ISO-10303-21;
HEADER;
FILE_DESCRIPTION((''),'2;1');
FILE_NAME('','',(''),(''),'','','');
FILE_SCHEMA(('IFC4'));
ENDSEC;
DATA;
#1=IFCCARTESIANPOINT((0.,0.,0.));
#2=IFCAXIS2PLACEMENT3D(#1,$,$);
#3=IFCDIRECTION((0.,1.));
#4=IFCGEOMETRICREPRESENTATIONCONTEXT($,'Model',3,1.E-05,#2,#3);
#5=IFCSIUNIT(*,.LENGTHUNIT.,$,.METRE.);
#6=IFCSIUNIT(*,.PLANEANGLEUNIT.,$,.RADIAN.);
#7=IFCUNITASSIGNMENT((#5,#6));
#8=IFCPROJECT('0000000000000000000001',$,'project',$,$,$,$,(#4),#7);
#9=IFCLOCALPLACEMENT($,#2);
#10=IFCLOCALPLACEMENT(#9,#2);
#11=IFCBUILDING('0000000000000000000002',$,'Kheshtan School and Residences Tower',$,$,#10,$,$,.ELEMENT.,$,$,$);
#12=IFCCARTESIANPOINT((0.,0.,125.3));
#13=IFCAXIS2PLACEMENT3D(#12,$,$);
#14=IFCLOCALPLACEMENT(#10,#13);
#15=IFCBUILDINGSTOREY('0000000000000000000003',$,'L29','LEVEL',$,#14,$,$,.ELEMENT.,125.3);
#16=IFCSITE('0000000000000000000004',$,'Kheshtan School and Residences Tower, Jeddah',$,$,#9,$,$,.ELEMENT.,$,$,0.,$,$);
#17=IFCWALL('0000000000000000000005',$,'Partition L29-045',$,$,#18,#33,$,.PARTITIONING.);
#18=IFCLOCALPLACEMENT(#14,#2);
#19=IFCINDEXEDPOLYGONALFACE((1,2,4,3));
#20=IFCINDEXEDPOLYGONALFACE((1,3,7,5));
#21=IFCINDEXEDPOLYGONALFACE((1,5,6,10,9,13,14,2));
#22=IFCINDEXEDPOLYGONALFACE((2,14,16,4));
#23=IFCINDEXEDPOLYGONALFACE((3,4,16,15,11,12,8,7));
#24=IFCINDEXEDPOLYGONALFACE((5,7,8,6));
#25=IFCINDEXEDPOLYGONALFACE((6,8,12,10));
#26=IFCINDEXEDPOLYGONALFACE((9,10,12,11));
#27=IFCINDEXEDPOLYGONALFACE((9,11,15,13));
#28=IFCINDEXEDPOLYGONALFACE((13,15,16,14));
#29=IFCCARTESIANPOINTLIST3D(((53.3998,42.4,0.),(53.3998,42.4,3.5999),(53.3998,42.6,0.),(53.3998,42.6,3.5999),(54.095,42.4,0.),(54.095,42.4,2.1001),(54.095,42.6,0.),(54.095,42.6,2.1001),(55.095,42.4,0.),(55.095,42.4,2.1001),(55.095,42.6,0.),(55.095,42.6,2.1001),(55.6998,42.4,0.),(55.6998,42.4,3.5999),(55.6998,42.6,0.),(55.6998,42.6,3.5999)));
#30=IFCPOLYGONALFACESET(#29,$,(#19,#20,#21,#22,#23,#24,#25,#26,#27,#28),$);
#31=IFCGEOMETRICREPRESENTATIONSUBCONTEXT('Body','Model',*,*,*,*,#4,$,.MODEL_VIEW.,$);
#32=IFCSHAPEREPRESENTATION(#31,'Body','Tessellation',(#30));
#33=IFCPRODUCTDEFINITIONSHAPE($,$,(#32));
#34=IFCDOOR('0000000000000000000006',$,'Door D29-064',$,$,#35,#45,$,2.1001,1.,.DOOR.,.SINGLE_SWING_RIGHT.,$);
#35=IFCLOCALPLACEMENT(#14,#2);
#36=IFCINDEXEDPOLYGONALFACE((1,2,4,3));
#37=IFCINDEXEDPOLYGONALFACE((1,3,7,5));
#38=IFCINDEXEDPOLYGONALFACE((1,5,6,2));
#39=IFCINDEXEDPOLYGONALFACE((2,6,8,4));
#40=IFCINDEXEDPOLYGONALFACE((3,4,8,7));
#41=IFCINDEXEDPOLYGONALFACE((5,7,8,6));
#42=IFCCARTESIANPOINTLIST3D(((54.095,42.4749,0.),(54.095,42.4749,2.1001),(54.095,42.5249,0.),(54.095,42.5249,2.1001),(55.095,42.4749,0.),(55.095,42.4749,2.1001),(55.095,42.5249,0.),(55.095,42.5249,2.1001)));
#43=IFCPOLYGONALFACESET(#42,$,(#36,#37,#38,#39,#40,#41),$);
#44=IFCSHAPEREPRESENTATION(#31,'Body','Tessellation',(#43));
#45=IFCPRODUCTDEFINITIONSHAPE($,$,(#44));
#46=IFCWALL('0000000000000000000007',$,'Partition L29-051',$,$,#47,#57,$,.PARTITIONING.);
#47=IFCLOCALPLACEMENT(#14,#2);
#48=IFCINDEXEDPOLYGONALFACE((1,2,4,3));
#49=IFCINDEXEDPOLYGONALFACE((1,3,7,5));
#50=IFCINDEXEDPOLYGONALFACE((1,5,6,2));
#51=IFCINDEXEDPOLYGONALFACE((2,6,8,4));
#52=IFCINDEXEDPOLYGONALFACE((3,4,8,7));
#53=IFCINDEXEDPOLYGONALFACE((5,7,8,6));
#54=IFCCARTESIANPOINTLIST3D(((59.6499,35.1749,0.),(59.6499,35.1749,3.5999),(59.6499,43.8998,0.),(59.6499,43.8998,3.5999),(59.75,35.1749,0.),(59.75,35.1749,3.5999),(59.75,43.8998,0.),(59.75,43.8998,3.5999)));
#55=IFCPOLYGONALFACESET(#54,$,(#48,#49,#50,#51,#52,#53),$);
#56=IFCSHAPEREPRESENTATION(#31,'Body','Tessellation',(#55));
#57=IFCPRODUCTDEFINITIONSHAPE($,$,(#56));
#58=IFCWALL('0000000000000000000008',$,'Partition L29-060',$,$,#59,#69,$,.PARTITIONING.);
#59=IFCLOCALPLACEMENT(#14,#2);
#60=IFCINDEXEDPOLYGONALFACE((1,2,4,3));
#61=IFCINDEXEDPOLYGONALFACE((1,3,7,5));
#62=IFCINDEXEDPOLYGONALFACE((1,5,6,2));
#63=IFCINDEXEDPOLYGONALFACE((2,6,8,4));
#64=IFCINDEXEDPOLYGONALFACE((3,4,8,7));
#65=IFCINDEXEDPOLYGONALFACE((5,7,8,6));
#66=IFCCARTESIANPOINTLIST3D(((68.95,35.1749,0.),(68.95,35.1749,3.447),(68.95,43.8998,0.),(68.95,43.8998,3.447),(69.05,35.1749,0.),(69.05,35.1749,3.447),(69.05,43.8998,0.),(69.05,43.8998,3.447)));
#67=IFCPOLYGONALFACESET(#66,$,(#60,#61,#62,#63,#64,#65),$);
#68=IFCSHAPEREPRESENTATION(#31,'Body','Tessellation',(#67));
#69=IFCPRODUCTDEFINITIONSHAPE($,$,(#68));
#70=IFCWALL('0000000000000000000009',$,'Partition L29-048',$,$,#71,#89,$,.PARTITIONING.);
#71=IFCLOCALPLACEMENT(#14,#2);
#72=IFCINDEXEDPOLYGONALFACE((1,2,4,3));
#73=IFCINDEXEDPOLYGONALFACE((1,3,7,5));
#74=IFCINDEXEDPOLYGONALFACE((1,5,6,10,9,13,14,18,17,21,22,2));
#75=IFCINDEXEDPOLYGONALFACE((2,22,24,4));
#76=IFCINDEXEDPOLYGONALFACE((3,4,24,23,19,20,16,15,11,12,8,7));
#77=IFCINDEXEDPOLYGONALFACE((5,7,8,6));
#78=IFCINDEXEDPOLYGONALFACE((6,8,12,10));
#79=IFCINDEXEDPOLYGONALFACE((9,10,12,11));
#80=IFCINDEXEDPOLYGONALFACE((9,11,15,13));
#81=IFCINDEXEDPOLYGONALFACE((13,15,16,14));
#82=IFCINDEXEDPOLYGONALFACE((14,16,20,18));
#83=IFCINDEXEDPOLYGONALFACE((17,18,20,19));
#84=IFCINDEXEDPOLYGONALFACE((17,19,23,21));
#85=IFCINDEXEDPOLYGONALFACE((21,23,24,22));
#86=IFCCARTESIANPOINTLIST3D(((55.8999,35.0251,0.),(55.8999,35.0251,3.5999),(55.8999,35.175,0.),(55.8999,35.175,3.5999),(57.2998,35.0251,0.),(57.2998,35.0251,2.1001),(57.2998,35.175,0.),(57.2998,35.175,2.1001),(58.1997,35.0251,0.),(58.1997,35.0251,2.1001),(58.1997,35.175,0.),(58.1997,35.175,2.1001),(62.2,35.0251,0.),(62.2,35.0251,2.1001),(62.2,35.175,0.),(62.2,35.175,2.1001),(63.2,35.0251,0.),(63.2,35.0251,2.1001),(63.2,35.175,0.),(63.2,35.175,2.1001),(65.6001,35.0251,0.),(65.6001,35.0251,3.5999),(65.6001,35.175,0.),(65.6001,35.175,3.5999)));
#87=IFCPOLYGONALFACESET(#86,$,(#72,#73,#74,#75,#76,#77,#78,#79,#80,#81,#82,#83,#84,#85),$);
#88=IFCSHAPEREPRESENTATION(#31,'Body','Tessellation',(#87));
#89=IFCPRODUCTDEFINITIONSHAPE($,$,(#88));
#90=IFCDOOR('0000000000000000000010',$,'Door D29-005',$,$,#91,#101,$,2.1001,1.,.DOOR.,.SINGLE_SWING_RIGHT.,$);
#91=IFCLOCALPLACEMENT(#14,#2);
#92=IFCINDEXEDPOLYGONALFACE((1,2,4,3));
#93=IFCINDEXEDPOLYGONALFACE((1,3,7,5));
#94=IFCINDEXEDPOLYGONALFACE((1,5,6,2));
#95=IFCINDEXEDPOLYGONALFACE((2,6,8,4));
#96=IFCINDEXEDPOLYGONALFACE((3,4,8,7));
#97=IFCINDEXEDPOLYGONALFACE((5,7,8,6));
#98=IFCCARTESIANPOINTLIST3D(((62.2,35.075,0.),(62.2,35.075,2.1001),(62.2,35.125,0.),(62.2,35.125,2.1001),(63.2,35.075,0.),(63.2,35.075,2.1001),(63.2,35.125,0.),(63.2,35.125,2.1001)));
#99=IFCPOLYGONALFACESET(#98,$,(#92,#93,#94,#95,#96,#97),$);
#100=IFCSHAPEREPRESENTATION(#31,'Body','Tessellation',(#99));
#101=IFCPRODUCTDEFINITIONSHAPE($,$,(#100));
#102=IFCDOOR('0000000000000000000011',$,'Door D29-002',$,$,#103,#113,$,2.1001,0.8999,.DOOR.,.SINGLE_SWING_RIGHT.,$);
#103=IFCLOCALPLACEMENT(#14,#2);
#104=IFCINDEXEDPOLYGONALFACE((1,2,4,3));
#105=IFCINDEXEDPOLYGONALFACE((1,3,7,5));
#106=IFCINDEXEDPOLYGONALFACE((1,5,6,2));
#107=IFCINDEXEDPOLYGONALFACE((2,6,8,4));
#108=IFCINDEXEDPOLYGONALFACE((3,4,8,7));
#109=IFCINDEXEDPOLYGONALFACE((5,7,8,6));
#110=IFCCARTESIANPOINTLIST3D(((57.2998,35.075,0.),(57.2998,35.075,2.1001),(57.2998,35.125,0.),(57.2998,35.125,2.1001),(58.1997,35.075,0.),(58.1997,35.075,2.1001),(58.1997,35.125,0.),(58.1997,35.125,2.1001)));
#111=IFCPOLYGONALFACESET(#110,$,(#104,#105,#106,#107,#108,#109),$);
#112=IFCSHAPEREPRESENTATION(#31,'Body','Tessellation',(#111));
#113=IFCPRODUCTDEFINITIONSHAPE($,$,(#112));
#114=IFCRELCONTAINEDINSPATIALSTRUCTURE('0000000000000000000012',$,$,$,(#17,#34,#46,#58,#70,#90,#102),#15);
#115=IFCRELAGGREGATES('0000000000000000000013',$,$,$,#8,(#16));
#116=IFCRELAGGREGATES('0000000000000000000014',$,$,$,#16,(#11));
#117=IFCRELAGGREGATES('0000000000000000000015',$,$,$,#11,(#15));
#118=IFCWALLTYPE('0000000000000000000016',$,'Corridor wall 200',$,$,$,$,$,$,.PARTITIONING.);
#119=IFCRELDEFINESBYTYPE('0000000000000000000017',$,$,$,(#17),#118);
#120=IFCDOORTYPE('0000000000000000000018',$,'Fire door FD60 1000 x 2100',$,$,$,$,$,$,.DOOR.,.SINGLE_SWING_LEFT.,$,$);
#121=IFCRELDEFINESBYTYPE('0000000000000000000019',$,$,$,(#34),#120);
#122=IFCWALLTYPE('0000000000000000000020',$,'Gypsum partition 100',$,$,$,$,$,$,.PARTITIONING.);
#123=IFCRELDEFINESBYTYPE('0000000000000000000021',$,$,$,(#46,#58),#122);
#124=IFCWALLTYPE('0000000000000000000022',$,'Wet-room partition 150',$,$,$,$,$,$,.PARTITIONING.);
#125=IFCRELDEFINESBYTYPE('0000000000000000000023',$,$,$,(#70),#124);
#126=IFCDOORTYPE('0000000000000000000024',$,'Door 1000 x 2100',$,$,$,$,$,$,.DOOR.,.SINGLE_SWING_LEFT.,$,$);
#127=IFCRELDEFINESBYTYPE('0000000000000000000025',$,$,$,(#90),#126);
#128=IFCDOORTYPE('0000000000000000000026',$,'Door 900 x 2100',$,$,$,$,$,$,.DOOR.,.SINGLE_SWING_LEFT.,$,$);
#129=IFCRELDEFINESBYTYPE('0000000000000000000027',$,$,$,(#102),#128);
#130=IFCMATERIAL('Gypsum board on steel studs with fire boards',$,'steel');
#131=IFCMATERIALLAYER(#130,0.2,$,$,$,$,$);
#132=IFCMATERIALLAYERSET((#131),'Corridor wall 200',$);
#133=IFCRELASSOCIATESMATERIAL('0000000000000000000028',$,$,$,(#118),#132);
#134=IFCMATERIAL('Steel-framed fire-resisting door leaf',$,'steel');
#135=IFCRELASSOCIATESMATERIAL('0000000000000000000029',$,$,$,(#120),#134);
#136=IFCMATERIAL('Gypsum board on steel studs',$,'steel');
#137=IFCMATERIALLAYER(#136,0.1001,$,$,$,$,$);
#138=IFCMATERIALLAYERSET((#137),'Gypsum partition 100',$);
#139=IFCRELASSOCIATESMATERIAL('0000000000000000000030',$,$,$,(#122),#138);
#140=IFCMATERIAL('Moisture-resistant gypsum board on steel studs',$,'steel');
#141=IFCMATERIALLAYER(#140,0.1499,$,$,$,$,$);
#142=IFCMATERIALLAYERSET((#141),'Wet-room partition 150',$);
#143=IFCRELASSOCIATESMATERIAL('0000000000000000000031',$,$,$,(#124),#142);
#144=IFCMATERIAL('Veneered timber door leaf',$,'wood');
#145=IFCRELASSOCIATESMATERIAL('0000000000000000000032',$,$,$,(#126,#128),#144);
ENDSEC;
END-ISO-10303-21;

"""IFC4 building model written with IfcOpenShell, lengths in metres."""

from ifc_helpers import new_model, si_unit, direction, frame, frame_2d, origin, place, context, subcontext, project, spatial, rectangle, extrude, source, transform, mapped, material, layer, layer_set, type_object, element, fill, save


model = new_model("IFC4")

# Units and contexts
model_context = context("Model", 3, precision=1e-05, world=origin(), true_north=direction((0.0, 1.0)))
body_context = subcontext(model_context, "Body", "Model", "MODEL_VIEW")
ifc_project = project(units=[si_unit("LENGTHUNIT", "METRE"), si_unit("PLANEANGLEUNIT", "RADIAN")], contexts=[model_context])

# Site, building, storey
site_placement = place(None, origin())
site = spatial("IfcSite", under=ifc_project, at=site_placement, Name="Kheshtan School and Residences Tower, Jeddah", CompositionType="ELEMENT", RefElevation=0.0)
building_placement = place(site_placement, origin())
building = spatial("IfcBuilding", under=site, at=building_placement, Name="Kheshtan School and Residences Tower", CompositionType="ELEMENT")
storey_placement = place(building_placement, frame((0.0, 0.0, 125.3)))
storey = spatial("IfcBuildingStorey", under=building, at=storey_placement, Name="L29", Description="LEVEL", CompositionType="ELEMENT", Elevation=125.3)

# Wall, opening, door
ifc_material_1 = material(Name="Gypsum board on steel studs with fire boards", Category="steel")
ifc_layer_1 = layer(ifc_material_1, 0.2)
ifc_layer_set_1 = layer_set([ifc_layer_1], Name="Corridor wall 200")
wall_type_1 = type_object("IfcWallType", Name="Corridor wall 200", PredefinedType="PARTITIONING", material=ifc_layer_set_1)
wall_1_placement = place(storey_placement, frame((53.3999, 42.5, 0.0), z_axis=(0.0, 0.0, 1.0), x_axis=(1.0, 0.0, 0.0)))
wall_1 = element("IfcWall", 1, at=wall_1_placement, inside=storey, type_object=wall_type_1, Name="Partition L29-045", PredefinedType="PARTITIONING", context=body_context, shape_type="SweptSolid", body=[
    extrude(rectangle(XDim=2.3, YDim=0.2, at=frame_2d((1.1499, 0.0))), origin(), (0.0, 0.0, 1.0), 3.5999),
])
opening_1_placement = place(wall_1_placement, frame((0.6951, 0.0, 0.0)))
opening_1 = element("IfcOpeningElement", 2, at=opening_1_placement, cuts=wall_1, PredefinedType="OPENING", context=body_context, shape_type="SweptSolid", body=[
    extrude(rectangle(XDim=1.0, YDim=2.1001, at=frame_2d((0.5, 1.05))), frame((0.0, 0.1099, 0.0), z_axis=(0.0, -1.0, 0.0), x_axis=(1.0, 0.0, 0.0)), (0.0, 0.0, 1.0), 0.22),
])
ifc_material_2 = material(Name="Steel-framed fire-resisting door leaf", Category="steel")
door_type_1 = type_object("IfcDoorType", Name="Fire door FD60 1000 x 2100", OperationType="SINGLE_SWING_LEFT", PredefinedType="DOOR", material=ifc_material_2)
shared_shape_1 = source(origin(), body_context, "Body", "SweptSolid", [
    extrude(rectangle(XDim=1.0, YDim=2.1001, at=frame_2d((0.5, 1.05))), frame((0.0, 0.0249, 0.0), z_axis=(0.0, -1.0, 0.0), x_axis=(1.0, 0.0, 0.0)), (0.0, 0.0, 1.0), 0.05),
])
door_1_placement = place(opening_1_placement, origin())
door_1 = element("IfcDoor", 3, at=door_1_placement, inside=storey, type_object=door_type_1, Name="Door D29-064", OperationType="SINGLE_SWING_RIGHT", OverallHeight=2.1001, OverallWidth=1.0, PredefinedType="DOOR", context=body_context, shape_type="MappedRepresentation", body=[
    mapped(shared_shape_1, transform((0.0, 0.0, 0.0), x_axis=(1.0, 0.0, 0.0), y_axis=(0.0, 1.0, 0.0), z_axis=(0.0, 0.0, 1.0), scale=1.0)),
])
fill(opening_1, door_1)

# Walls
ifc_material_3 = material(Name="Gypsum board on steel studs", Category="steel")
ifc_layer_2 = layer(ifc_material_3, 0.1001)
ifc_layer_set_2 = layer_set([ifc_layer_2], Name="Gypsum partition 100")
wall_type_2 = type_object("IfcWallType", Name="Gypsum partition 100", PredefinedType="PARTITIONING", material=ifc_layer_set_2)
wall_2_placement = place(storey_placement, frame((59.7, 35.175, 0.0), z_axis=(0.0, 0.0, 1.0), x_axis=(0.0, 1.0, 0.0)))
element("IfcWall", 4, at=wall_2_placement, inside=storey, type_object=wall_type_2, Name="Partition L29-051", PredefinedType="PARTITIONING", context=body_context, shape_type="SweptSolid", body=[
    extrude(rectangle(XDim=8.7249, YDim=0.1001, at=frame_2d((4.3623, 0.0))), origin(), (0.0, 0.0, 1.0), 3.5999),
])
wall_3_placement = place(storey_placement, frame((69.0, 35.175, 0.0), z_axis=(0.0, 0.0, 1.0), x_axis=(0.0, 1.0, 0.0)))
element("IfcWall", 5, at=wall_3_placement, inside=storey, type_object=wall_type_2, Name="Partition L29-060", PredefinedType="PARTITIONING", context=body_context, shape_type="SweptSolid", body=[
    extrude(rectangle(XDim=8.7249, YDim=0.1001, at=frame_2d((4.3623, 0.0))), origin(), (0.0, 0.0, 1.0), 3.447),
])

# Wall, openings, doors
ifc_material_4 = material(Name="Moisture-resistant gypsum board on steel studs", Category="steel")
ifc_layer_3 = layer(ifc_material_4, 0.1499)
ifc_layer_set_3 = layer_set([ifc_layer_3], Name="Wet-room partition 150")
wall_type_3 = type_object("IfcWallType", Name="Wet-room partition 150", PredefinedType="PARTITIONING", material=ifc_layer_set_3)
wall_4_placement = place(storey_placement, frame((55.8999, 35.1001, 0.0), z_axis=(0.0, 0.0, 1.0), x_axis=(1.0, 0.0, 0.0)))
wall_4 = element("IfcWall", 6, at=wall_4_placement, inside=storey, type_object=wall_type_3, Name="Partition L29-048", PredefinedType="PARTITIONING", context=body_context, shape_type="SweptSolid", body=[
    extrude(rectangle(XDim=9.7002, YDim=0.1499, at=frame_2d((4.8501, 0.0))), origin(), (0.0, 0.0, 1.0), 3.5999),
])
opening_2_placement = place(wall_4_placement, frame((1.3999, 0.0, 0.0)))
opening_2 = element("IfcOpeningElement", 7, at=opening_2_placement, cuts=wall_4, PredefinedType="OPENING", context=body_context, shape_type="SweptSolid", body=[
    extrude(rectangle(XDim=0.8999, YDim=2.1001, at=frame_2d((0.45, 1.05))), frame((0.0, 0.085, 0.0), z_axis=(0.0, -1.0, 0.0), x_axis=(1.0, 0.0, 0.0)), (0.0, 0.0, 1.0), 0.1699),
])
opening_3_placement = place(wall_4_placement, frame((6.3, 0.0, 0.0)))
opening_3 = element("IfcOpeningElement", 8, at=opening_3_placement, cuts=wall_4, PredefinedType="OPENING", context=body_context, shape_type="SweptSolid", body=[
    extrude(rectangle(XDim=1.0, YDim=2.1001, at=frame_2d((0.5, 1.05))), frame((0.0, 0.085, 0.0), z_axis=(0.0, -1.0, 0.0), x_axis=(1.0, 0.0, 0.0)), (0.0, 0.0, 1.0), 0.1699),
])
ifc_material_5 = material(Name="Veneered timber door leaf", Category="wood")
door_type_2 = type_object("IfcDoorType", Name="Door 1000 x 2100", OperationType="SINGLE_SWING_LEFT", PredefinedType="DOOR", material=ifc_material_5)
shared_shape_2 = source(origin(), body_context, "Body", "SweptSolid", [
    extrude(rectangle(XDim=1.0, YDim=2.1001, at=frame_2d((0.5, 1.05))), frame((0.0, 0.0249, 0.0), z_axis=(0.0, -1.0, 0.0), x_axis=(1.0, 0.0, 0.0)), (0.0, 0.0, 1.0), 0.05),
])
door_2_placement = place(opening_3_placement, origin())
door_2 = element("IfcDoor", 9, at=door_2_placement, inside=storey, type_object=door_type_2, Name="Door D29-005", OperationType="SINGLE_SWING_RIGHT", OverallHeight=2.1001, OverallWidth=1.0, PredefinedType="DOOR", context=body_context, shape_type="MappedRepresentation", body=[
    mapped(shared_shape_2, transform((0.0, 0.0, 0.0), x_axis=(1.0, 0.0, 0.0), y_axis=(0.0, 1.0, 0.0), z_axis=(0.0, 0.0, 1.0), scale=1.0)),
])
fill(opening_3, door_2)
door_type_3 = type_object("IfcDoorType", Name="Door 900 x 2100", OperationType="SINGLE_SWING_LEFT", PredefinedType="DOOR", material=ifc_material_5)
shared_shape_3 = source(origin(), body_context, "Body", "SweptSolid", [
    extrude(rectangle(XDim=0.8999, YDim=2.1001, at=frame_2d((0.45, 1.05))), frame((0.0, 0.0249, 0.0), z_axis=(0.0, -1.0, 0.0), x_axis=(1.0, 0.0, 0.0)), (0.0, 0.0, 1.0), 0.05),
])
door_3_placement = place(opening_2_placement, origin())
door_3 = element("IfcDoor", 10, at=door_3_placement, inside=storey, type_object=door_type_3, Name="Door D29-002", OperationType="SINGLE_SWING_RIGHT", OverallHeight=2.1001, OverallWidth=0.8999, PredefinedType="DOOR", context=body_context, shape_type="MappedRepresentation", body=[
    mapped(shared_shape_3, transform((0.0, 0.0, 0.0), x_axis=(1.0, 0.0, 0.0), y_axis=(0.0, 1.0, 0.0), z_axis=(0.0, 0.0, 1.0), scale=1.0)),
])
fill(opening_2, door_3)

save(model, "model.ifc")
